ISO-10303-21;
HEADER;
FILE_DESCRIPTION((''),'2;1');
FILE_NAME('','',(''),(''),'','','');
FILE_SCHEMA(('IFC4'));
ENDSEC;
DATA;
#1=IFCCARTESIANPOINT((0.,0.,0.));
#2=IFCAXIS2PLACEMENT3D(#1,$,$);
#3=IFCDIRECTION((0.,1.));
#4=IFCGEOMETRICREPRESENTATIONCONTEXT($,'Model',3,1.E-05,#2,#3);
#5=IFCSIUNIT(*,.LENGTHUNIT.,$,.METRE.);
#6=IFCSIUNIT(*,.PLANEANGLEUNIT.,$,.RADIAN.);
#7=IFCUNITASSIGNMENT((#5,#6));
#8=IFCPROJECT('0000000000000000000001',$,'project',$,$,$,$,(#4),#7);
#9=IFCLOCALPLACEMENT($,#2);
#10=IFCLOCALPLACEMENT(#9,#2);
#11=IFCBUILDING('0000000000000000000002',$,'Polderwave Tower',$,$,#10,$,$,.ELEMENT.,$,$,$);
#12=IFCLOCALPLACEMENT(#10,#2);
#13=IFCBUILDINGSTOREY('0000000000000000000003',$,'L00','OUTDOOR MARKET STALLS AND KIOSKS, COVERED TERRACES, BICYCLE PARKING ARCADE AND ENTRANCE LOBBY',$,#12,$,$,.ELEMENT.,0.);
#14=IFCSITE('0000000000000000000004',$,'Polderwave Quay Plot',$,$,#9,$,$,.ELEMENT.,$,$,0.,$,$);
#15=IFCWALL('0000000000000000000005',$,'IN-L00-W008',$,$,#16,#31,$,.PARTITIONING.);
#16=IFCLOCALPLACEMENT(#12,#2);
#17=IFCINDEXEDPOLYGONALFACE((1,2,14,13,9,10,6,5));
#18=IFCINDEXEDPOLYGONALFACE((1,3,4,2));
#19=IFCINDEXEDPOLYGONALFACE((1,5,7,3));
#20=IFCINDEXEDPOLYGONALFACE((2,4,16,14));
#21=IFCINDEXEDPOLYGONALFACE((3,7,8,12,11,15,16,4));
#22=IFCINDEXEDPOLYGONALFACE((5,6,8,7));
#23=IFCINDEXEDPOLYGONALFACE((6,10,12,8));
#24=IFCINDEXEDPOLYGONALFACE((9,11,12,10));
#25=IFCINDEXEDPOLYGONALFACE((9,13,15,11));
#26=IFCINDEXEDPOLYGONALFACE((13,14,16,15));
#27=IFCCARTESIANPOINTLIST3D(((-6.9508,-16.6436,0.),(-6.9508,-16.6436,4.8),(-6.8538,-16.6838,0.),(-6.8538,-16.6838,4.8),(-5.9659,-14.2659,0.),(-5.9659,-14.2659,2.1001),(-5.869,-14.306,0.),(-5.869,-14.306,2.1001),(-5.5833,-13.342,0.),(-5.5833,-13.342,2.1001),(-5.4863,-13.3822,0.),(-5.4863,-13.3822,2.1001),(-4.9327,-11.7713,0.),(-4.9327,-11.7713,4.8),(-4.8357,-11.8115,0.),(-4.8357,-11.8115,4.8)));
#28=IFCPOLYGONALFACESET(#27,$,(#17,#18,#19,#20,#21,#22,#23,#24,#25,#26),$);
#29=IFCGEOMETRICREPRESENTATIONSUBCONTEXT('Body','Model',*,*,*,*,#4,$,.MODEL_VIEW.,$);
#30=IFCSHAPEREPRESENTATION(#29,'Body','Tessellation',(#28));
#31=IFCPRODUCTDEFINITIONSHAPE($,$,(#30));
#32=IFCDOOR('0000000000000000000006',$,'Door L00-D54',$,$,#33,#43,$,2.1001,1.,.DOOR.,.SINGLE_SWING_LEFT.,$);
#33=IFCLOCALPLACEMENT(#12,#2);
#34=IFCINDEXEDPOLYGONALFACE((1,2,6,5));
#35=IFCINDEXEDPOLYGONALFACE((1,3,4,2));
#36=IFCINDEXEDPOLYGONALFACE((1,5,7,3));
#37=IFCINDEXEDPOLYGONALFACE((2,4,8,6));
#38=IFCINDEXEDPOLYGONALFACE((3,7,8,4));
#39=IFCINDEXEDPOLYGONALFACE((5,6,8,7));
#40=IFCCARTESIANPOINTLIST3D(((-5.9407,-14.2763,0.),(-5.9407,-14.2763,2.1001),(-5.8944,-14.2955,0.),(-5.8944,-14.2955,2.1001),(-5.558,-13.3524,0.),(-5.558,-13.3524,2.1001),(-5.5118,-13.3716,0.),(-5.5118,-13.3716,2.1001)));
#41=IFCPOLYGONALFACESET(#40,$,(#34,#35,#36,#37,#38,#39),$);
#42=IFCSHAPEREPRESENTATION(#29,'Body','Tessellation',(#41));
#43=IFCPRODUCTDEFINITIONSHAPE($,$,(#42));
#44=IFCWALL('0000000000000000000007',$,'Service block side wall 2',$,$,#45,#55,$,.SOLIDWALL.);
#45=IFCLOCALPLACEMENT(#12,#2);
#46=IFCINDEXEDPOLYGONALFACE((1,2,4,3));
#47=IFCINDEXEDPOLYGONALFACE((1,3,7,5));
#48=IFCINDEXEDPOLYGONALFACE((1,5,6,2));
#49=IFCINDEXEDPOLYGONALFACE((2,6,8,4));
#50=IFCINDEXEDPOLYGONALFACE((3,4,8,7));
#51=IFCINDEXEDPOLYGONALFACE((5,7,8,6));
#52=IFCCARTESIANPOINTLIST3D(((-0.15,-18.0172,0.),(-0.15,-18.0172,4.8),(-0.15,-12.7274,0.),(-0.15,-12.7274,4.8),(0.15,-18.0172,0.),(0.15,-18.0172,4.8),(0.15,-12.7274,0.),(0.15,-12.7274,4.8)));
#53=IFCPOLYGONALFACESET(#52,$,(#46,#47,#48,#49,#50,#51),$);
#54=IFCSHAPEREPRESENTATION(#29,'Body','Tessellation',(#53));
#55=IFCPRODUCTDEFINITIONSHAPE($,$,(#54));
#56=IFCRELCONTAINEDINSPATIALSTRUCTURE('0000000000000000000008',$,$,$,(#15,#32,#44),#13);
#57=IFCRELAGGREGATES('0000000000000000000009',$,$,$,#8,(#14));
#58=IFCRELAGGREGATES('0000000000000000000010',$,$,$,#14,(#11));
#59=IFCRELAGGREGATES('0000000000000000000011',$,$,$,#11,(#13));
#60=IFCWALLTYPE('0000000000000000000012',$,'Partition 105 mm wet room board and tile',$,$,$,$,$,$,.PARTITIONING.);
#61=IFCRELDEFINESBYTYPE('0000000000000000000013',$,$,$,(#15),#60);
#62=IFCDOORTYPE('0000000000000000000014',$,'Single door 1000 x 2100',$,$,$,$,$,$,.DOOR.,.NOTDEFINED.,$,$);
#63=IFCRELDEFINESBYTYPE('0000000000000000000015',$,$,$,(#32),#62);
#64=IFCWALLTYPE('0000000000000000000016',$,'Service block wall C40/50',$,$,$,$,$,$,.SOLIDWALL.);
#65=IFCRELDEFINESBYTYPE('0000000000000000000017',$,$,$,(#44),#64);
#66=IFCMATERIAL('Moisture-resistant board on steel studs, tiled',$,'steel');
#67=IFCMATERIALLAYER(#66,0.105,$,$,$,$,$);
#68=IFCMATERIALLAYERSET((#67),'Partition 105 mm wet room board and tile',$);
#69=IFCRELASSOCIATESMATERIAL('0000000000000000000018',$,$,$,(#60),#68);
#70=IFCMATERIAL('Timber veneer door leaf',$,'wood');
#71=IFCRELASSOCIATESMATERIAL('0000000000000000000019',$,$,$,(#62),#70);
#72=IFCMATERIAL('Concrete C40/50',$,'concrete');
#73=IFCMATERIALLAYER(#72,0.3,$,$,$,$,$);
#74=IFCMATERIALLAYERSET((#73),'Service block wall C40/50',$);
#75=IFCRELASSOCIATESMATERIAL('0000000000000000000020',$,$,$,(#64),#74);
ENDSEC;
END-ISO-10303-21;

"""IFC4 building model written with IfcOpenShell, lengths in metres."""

from ifc_helpers import new_model, si_unit, direction, frame, frame_2d, origin, place, context, subcontext, project, spatial, rectangle, extrude, material, layer, layer_set, type_object, element, fill, save


model = new_model("IFC4")

# Units and contexts
model_context = context("Model", 3, precision=1e-05, world=origin(), true_north=direction((0.0, 1.0)))
body_context = subcontext(model_context, "Body", "Model", "MODEL_VIEW")
ifc_project = project(units=[si_unit("LENGTHUNIT", "METRE"), si_unit("PLANEANGLEUNIT", "RADIAN")], contexts=[model_context])

# Site, building, storey
site_placement = place(None, origin())
site = spatial("IfcSite", under=ifc_project, at=site_placement, Name="Polderwave Quay Plot", CompositionType="ELEMENT", RefElevation=0.0)
building_placement = place(site_placement, origin())
building = spatial("IfcBuilding", under=site, at=building_placement, Name="Polderwave Tower", CompositionType="ELEMENT")
storey_placement = place(building_placement, origin())
storey = spatial("IfcBuildingStorey", under=building, at=storey_placement, Name="L00", Description="OUTDOOR MARKET STALLS AND KIOSKS, COVERED TERRACES, BICYCLE PARKING ARCADE AND ENTRANCE LOBBY", CompositionType="ELEMENT", Elevation=0.0)

# Wall, opening, door
ifc_material_1 = material(Name="Moisture-resistant board on steel studs, tiled", Category="steel")
ifc_layer_1 = layer(ifc_material_1, 0.105)
ifc_layer_set_1 = layer_set([ifc_layer_1], Name="Partition 105 mm wet room board and tile")
wall_type_1 = type_object("IfcWallType", Name="Partition 105 mm wet room board and tile", PredefinedType="PARTITIONING", material=ifc_layer_set_1)
wall_1_placement = place(storey_placement, frame((-4.8843, -11.7915, 0.0), z_axis=(0.0, 0.0, 1.0), x_axis=(-0.382665, -0.923887, 0.0)))
wall_1 = element("IfcWall", 1, at=wall_1_placement, inside=storey, type_object=wall_type_1, Name="IN-L00-W008", PredefinedType="PARTITIONING", context=body_context, shape_type="SweptSolid", body=[
    extrude(rectangle(XDim=5.2737, YDim=0.105, at=frame_2d((2.6367, 0.0))), origin(), (0.0, 0.0, 1.0), 4.8),
])
opening_1_placement = place(wall_1_placement, frame((1.7, 0.0, 0.0)))
opening_1 = element("IfcOpeningElement", 2, at=opening_1_placement, cuts=wall_1, PredefinedType="OPENING", context=body_context, shape_type="SweptSolid", body=[
    extrude(rectangle(XDim=1.0, YDim=2.1001, at=frame_2d((0.5, 1.05))), frame((0.0, 0.0625, 0.0), z_axis=(0.0, -1.0, 0.0), x_axis=(1.0, 0.0, 0.0)), (0.0, 0.0, 1.0), 0.125),
])
ifc_material_2 = material(Name="Timber veneer door leaf", Category="wood")
door_type_1 = type_object("IfcDoorType", Name="Single door 1000 x 2100", OperationType="NOTDEFINED", PredefinedType="DOOR", material=ifc_material_2)
door_1_placement = place(opening_1_placement, origin())
door_1 = element("IfcDoor", 3, at=door_1_placement, inside=storey, type_object=door_type_1, Name="Door L00-D54", OperationType="SINGLE_SWING_LEFT", OverallHeight=2.1001, OverallWidth=1.0, PredefinedType="DOOR", context=body_context, shape_type="SweptSolid", body=[
    extrude(rectangle(XDim=1.0, YDim=2.1001, at=frame_2d((0.5, 1.05))), frame((0.0, 0.0249, 0.0), z_axis=(0.0, -1.0, 0.0), x_axis=(1.0, 0.0, 0.0)), (0.0, 0.0, 1.0), 0.05),
])
fill(opening_1, door_1)

# Wall
ifc_material_3 = material(Name="Concrete C40/50", Category="concrete")
ifc_layer_2 = layer(ifc_material_3, 0.3)
ifc_layer_set_2 = layer_set([ifc_layer_2], Name="Service block wall C40/50")
wall_type_2 = type_object("IfcWallType", Name="Service block wall C40/50", PredefinedType="SOLIDWALL", material=ifc_layer_set_2)
wall_2_placement = place(storey_placement, frame((0.0, -12.7273, 0.0), z_axis=(0.0, 0.0, 1.0), x_axis=(0.0, -1.0, 0.0)))
element("IfcWall", 4, at=wall_2_placement, inside=storey, type_object=wall_type_2, Name="Service block side wall 2", PredefinedType="SOLIDWALL", context=body_context, shape_type="SweptSolid", body=[
    extrude(rectangle(XDim=5.2898, YDim=0.3, at=frame_2d((2.645, 0.0))), origin(), (0.0, 0.0, 1.0), 4.8),
])

save(model, "model.ifc")
